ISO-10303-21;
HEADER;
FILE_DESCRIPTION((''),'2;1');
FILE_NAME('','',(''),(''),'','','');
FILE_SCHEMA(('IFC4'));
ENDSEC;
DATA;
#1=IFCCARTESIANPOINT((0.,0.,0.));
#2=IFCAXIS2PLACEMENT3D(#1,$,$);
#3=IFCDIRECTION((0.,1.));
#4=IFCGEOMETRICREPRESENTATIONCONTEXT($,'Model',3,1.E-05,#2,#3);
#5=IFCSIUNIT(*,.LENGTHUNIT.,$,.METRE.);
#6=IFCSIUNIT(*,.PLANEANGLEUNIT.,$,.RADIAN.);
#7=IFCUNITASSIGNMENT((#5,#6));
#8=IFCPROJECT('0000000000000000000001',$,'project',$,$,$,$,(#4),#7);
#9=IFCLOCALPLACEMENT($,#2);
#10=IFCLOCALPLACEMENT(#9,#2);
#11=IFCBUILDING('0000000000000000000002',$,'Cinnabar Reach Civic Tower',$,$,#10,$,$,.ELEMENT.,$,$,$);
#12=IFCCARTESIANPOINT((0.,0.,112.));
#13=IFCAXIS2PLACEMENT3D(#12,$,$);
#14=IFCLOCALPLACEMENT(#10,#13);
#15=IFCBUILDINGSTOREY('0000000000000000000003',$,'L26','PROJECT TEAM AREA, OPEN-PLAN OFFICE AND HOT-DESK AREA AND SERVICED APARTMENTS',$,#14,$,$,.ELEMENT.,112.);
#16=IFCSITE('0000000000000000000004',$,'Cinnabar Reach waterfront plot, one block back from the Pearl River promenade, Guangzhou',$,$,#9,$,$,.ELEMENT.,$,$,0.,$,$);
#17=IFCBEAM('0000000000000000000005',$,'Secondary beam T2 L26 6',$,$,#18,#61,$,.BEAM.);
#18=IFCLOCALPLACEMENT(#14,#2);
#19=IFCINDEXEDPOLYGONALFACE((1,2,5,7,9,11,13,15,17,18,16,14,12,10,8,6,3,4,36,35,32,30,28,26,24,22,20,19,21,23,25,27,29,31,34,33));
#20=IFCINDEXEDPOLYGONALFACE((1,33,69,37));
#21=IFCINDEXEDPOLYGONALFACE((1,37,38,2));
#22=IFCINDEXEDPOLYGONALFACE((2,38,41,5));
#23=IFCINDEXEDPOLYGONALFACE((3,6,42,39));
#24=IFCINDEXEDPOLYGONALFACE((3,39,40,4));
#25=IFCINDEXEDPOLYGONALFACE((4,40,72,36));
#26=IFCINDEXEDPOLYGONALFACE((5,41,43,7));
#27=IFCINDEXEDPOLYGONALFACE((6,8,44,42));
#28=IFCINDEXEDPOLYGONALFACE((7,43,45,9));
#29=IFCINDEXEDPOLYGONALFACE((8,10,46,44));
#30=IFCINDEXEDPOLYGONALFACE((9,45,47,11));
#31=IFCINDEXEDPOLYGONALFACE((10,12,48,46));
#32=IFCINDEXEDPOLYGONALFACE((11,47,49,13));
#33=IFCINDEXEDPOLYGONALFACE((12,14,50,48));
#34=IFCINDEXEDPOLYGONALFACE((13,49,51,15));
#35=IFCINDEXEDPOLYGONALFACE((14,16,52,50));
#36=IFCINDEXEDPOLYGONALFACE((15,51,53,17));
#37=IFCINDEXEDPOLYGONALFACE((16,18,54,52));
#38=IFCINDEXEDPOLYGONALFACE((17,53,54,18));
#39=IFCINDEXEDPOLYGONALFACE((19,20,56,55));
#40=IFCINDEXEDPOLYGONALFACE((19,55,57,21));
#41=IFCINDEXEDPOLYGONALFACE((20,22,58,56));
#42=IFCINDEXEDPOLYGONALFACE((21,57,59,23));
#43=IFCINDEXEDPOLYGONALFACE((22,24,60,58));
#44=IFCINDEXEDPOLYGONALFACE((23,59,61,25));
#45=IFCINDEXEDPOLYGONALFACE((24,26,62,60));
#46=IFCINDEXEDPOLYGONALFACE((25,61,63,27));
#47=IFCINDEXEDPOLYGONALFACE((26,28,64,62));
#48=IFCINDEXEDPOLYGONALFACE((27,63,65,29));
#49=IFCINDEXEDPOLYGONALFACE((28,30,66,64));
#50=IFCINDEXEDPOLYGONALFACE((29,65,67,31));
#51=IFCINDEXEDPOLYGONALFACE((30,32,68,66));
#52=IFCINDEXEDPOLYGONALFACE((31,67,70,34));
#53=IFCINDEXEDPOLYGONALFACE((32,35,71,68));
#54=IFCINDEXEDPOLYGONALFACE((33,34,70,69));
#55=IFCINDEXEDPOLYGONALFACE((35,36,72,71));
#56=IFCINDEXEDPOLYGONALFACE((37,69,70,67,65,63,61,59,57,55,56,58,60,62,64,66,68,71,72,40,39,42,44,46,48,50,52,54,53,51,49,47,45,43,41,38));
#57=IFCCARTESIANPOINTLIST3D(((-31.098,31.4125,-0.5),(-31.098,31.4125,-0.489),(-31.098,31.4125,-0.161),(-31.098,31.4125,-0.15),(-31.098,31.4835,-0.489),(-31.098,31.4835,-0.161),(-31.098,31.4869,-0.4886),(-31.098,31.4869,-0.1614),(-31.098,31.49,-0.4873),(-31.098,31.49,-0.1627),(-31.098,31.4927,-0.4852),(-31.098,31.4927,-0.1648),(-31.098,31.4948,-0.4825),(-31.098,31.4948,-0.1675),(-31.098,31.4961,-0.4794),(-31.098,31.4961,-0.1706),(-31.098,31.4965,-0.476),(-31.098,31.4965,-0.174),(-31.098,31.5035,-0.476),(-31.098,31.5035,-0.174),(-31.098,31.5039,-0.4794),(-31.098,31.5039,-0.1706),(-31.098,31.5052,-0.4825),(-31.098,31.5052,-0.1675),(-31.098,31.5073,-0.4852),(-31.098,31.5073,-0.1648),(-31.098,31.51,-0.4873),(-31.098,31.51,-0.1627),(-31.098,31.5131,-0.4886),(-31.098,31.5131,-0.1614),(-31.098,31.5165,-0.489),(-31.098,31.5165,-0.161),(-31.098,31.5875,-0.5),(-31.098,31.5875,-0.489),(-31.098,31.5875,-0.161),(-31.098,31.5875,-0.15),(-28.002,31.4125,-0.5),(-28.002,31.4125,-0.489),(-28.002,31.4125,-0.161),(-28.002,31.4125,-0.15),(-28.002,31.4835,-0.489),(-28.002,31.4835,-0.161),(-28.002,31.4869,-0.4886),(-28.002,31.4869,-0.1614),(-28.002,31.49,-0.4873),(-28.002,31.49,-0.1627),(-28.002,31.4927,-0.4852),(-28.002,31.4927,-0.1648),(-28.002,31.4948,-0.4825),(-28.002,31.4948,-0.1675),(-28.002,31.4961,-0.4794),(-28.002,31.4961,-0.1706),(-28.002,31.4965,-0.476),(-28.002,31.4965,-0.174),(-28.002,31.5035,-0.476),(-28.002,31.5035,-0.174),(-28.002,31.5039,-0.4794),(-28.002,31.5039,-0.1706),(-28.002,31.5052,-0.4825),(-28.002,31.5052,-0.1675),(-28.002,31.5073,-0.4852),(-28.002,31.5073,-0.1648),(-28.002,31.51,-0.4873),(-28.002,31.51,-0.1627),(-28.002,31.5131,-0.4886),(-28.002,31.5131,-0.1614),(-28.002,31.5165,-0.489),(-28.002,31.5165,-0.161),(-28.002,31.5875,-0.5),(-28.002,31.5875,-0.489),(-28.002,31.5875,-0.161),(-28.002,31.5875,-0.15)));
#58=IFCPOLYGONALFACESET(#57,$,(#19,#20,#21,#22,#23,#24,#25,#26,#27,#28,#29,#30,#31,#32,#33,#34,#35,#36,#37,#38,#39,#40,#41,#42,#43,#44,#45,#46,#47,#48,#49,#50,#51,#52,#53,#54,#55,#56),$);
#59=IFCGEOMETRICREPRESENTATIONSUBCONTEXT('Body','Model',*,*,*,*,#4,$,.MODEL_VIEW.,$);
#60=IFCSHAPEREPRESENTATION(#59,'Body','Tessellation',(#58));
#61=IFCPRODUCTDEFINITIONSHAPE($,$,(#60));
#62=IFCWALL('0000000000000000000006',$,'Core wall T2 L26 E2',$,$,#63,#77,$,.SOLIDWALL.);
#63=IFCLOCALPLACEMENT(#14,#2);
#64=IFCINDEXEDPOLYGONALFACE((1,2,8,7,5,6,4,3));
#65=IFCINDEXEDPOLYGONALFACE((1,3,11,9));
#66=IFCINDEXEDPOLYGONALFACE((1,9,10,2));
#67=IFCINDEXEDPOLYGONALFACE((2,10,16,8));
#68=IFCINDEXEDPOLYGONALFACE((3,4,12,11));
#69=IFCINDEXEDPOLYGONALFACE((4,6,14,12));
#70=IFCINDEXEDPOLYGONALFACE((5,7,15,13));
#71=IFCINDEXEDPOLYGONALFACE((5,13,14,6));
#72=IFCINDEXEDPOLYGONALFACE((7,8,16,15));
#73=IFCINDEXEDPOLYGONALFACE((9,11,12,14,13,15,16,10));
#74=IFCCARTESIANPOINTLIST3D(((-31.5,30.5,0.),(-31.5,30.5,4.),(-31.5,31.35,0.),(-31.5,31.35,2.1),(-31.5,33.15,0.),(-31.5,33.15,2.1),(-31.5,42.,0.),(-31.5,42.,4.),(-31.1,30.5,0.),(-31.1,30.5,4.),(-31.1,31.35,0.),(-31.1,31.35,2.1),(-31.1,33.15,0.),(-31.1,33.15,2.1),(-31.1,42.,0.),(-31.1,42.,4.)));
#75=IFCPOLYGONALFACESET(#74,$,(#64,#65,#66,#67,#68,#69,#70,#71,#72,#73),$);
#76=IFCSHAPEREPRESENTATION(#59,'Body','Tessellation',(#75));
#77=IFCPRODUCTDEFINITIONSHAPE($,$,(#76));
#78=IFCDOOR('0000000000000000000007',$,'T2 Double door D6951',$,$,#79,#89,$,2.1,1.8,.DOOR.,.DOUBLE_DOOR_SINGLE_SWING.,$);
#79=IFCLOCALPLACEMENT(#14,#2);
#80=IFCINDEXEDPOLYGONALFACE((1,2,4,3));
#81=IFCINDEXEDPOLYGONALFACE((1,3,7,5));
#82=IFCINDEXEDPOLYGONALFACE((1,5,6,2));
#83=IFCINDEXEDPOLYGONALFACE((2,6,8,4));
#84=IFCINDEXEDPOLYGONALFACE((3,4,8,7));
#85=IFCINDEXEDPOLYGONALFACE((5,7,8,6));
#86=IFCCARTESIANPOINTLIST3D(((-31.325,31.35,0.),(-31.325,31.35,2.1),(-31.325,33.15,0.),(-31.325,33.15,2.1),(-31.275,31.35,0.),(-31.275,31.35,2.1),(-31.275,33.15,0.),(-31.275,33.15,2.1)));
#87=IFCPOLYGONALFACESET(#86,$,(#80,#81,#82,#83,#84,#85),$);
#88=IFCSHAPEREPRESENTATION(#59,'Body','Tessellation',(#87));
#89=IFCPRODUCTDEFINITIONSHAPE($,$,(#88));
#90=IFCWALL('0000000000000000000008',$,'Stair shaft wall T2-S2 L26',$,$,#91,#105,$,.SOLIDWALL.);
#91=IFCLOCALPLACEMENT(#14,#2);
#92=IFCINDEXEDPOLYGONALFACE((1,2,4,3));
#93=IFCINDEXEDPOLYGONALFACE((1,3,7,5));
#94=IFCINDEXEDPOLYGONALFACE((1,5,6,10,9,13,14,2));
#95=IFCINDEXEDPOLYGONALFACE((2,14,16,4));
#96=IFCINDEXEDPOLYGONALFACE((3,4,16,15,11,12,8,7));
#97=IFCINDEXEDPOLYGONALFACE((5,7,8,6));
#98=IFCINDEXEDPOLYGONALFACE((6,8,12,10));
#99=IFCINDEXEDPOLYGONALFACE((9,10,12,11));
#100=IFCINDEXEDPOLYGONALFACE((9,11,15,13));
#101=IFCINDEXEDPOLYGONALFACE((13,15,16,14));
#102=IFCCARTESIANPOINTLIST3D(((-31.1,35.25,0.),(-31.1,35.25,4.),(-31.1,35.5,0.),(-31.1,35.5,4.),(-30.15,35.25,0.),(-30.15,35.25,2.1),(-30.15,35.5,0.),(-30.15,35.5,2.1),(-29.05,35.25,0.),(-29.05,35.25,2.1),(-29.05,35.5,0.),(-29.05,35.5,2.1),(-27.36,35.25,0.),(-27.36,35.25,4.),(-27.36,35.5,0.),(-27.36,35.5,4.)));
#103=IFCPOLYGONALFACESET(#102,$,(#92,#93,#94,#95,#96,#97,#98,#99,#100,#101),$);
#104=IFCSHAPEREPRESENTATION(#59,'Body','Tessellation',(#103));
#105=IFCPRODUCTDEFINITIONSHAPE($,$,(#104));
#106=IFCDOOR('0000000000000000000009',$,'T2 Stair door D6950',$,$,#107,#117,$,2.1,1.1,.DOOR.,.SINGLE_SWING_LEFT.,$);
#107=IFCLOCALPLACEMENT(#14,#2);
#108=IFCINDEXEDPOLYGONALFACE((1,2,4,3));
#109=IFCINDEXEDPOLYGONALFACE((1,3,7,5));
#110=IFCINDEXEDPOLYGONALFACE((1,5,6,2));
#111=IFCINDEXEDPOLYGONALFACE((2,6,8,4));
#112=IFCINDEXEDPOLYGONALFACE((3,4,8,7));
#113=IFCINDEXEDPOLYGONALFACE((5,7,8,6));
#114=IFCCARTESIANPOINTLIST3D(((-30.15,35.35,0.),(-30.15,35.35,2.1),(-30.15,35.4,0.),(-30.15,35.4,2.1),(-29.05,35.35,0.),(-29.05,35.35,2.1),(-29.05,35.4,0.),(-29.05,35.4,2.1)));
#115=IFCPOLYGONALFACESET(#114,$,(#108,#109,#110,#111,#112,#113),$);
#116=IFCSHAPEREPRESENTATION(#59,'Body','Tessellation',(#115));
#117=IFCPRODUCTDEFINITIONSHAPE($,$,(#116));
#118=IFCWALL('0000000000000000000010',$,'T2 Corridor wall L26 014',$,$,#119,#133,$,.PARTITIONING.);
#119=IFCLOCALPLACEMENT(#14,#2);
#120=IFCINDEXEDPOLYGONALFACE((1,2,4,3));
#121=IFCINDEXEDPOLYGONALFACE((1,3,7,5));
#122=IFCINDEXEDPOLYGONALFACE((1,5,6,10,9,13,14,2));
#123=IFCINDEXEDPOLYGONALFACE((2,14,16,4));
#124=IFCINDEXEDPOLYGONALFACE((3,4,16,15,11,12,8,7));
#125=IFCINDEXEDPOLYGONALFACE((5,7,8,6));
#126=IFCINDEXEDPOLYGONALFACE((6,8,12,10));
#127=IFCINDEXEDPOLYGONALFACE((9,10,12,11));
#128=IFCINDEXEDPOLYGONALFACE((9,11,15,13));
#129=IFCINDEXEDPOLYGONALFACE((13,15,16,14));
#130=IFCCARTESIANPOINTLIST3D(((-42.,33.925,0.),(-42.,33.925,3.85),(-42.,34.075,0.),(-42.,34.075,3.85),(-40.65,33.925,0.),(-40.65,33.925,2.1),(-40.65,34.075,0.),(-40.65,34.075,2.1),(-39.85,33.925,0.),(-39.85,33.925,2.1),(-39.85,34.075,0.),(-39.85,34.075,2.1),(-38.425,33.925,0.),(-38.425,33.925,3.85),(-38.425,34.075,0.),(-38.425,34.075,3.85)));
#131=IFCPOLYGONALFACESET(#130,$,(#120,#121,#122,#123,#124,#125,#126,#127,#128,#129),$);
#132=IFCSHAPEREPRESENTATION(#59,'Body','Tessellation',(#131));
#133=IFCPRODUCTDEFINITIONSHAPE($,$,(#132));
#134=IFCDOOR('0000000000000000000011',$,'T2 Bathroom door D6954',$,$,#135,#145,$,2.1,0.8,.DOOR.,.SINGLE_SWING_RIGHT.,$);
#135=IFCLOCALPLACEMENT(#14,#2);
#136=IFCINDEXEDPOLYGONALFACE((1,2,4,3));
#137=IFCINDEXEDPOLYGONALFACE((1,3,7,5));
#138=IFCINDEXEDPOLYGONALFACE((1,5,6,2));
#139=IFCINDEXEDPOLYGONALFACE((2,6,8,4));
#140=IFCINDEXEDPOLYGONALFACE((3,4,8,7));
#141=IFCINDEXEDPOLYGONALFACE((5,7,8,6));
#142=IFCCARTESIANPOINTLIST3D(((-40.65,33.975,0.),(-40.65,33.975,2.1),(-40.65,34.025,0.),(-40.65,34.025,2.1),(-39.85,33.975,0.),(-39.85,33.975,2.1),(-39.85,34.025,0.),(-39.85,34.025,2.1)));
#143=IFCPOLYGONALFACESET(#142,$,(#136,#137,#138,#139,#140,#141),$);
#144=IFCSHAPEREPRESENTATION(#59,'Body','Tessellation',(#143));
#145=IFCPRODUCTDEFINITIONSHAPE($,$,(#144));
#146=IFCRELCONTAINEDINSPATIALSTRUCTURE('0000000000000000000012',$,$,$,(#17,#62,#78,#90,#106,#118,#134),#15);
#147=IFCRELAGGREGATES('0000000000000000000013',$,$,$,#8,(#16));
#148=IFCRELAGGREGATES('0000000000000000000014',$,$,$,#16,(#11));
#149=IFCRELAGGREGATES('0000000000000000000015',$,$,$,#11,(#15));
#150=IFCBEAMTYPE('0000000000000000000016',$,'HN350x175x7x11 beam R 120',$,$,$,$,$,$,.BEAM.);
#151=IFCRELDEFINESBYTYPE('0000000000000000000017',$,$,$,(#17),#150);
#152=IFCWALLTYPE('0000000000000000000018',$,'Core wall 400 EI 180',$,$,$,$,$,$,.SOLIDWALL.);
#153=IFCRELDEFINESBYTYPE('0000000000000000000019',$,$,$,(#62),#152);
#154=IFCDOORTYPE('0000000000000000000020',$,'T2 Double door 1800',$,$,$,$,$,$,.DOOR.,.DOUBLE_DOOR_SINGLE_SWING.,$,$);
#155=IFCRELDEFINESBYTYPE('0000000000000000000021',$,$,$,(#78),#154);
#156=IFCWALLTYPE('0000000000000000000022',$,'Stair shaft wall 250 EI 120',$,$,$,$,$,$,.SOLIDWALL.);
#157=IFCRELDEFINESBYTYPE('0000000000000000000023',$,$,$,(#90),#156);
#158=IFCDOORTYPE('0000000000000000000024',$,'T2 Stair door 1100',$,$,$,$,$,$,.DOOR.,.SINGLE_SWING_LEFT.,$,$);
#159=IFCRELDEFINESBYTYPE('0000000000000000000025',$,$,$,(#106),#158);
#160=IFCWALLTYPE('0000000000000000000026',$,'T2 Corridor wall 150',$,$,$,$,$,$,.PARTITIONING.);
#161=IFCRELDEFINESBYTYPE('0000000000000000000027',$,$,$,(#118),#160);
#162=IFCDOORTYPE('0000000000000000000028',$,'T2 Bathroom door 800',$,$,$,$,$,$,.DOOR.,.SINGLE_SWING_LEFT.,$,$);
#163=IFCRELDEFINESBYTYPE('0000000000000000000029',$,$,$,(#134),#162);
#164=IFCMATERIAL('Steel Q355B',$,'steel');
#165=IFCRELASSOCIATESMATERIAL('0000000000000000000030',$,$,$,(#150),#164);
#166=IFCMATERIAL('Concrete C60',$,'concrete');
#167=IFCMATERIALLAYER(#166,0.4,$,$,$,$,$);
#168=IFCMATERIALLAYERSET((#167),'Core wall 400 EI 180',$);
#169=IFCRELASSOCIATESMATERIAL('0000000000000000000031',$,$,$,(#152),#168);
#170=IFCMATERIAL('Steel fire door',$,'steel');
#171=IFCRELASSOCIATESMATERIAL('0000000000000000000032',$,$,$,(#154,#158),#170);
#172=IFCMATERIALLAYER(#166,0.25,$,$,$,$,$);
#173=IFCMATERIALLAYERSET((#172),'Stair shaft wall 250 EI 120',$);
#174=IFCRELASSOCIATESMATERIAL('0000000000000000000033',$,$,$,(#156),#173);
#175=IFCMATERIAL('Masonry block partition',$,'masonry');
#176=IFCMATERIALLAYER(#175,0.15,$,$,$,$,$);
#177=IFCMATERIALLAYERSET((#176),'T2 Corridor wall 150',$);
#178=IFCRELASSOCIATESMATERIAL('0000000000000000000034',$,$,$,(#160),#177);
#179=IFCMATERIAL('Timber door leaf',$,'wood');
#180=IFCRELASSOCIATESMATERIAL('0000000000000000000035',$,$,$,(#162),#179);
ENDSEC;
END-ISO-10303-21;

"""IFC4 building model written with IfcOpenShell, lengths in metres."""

from ifc_helpers import new_model, si_unit, direction, frame, frame_2d, origin, origin_2d, place, context, subcontext, project, spatial, rectangle, i_section, extrude, material, layer, layer_set, material_profile, profile_set, type_object, element, fill, save


model = new_model("IFC4")

# Units and contexts
model_context = context("Model", 3, precision=1e-05, world=origin(), true_north=direction((0.0, 1.0)))
body_context = subcontext(model_context, "Body", "Model", "MODEL_VIEW")
ifc_project = project(units=[si_unit("LENGTHUNIT", "METRE"), si_unit("PLANEANGLEUNIT", "RADIAN")], contexts=[model_context])

# Site, building, storey
site_placement = place(None, origin())
site = spatial("IfcSite", under=ifc_project, at=site_placement, Name="Cinnabar Reach waterfront plot, one block back from the Pearl River promenade, Guangzhou", CompositionType="ELEMENT", RefElevation=0.0)
building_placement = place(site_placement, origin())
building = spatial("IfcBuilding", under=site, at=building_placement, Name="Cinnabar Reach Civic Tower", CompositionType="ELEMENT")
storey_placement = place(building_placement, frame((0.0, 0.0, 112.0)))
storey = spatial("IfcBuildingStorey", under=building, at=storey_placement, Name="L26", Description="PROJECT TEAM AREA, OPEN-PLAN OFFICE AND HOT-DESK AREA AND SERVICED APARTMENTS", CompositionType="ELEMENT", Elevation=112.0)

# Beam
ifc_material_1 = material(Name="Steel Q355B", Category="steel")
ifc_material_profile = material_profile(ifc_material_1, i_section(OverallWidth=0.175, OverallDepth=0.35, WebThickness=0.007, FlangeThickness=0.011, FilletRadius=0.013, at=origin_2d()), Name="HN350x175x7x11")
ifc_profile_set = profile_set([ifc_material_profile], Name="Steel Q355B")
beam_type = type_object("IfcBeamType", Name="HN350x175x7x11 beam R 120", PredefinedType="BEAM", material=ifc_profile_set)
beam_placement = place(storey_placement, frame((-31.098, 31.5, -0.325), z_axis=(1.0, 0.0, 0.0), x_axis=(0.0, 1.0, 0.0)))
element("IfcBeam", 1, at=beam_placement, inside=storey, type_object=beam_type, Name="Secondary beam T2 L26 6", PredefinedType="BEAM", context=body_context, shape_type="SweptSolid", body=[
    extrude(i_section(OverallWidth=0.175, OverallDepth=0.35, WebThickness=0.007, FlangeThickness=0.011, FilletRadius=0.013, at=origin_2d()), origin(), (0.0, 0.0, 1.0), 3.096),
])

# Walls, openings, doors
ifc_material_2 = material(Name="Concrete C60", Category="concrete")
ifc_layer_1 = layer(ifc_material_2, 0.4)
ifc_layer_set_1 = layer_set([ifc_layer_1], Name="Core wall 400 EI 180")
wall_type_1 = type_object("IfcWallType", Name="Core wall 400 EI 180", PredefinedType="SOLIDWALL", material=ifc_layer_set_1)
wall_1_placement = place(storey_placement, frame((-31.3, 30.5, 0.0), z_axis=(0.0, 0.0, 1.0), x_axis=(0.0, 1.0, 0.0)))
wall_1 = element("IfcWall", 2, at=wall_1_placement, inside=storey, type_object=wall_type_1, Name="Core wall T2 L26 E2", PredefinedType="SOLIDWALL", context=body_context, shape_type="SweptSolid", body=[
    extrude(rectangle(XDim=11.5, YDim=0.4, at=frame_2d((5.75, 0.0))), origin(), (0.0, 0.0, 1.0), 4.0),
])
opening_1_placement = place(wall_1_placement, frame((0.85, 0.0, 0.0)))
opening_1 = element("IfcOpeningElement", 3, at=opening_1_placement, cuts=wall_1, PredefinedType="OPENING", context=body_context, shape_type="SweptSolid", body=[
    extrude(rectangle(XDim=1.8, YDim=2.1, at=frame_2d((0.9, 1.05))), frame((0.0, 0.21, 0.0), z_axis=(0.0, -1.0, 0.0), x_axis=(1.0, 0.0, 0.0)), (0.0, 0.0, 1.0), 0.42),
])
ifc_material_3 = material(Name="Steel fire door", Category="steel")
door_type_1 = type_object("IfcDoorType", Name="T2 Double door 1800", OperationType="DOUBLE_DOOR_SINGLE_SWING", PredefinedType="DOOR", material=ifc_material_3)
door_1_placement = place(opening_1_placement, origin())
door_1 = element("IfcDoor", 4, at=door_1_placement, inside=storey, type_object=door_type_1, Name="T2 Double door D6951", OperationType="DOUBLE_DOOR_SINGLE_SWING", OverallHeight=2.1, OverallWidth=1.8, PredefinedType="DOOR", context=body_context, shape_type="SweptSolid", body=[
    extrude(rectangle(XDim=1.8, YDim=2.1, at=frame_2d((0.9, 1.05))), frame((0.0, 0.025, 0.0), z_axis=(0.0, -1.0, 0.0), x_axis=(1.0, 0.0, 0.0)), (0.0, 0.0, 1.0), 0.05),
])
fill(opening_1, door_1)
ifc_layer_2 = layer(ifc_material_2, 0.25)
ifc_layer_set_2 = layer_set([ifc_layer_2], Name="Stair shaft wall 250 EI 120")
wall_type_2 = type_object("IfcWallType", Name="Stair shaft wall 250 EI 120", PredefinedType="SOLIDWALL", material=ifc_layer_set_2)
wall_2_placement = place(storey_placement, frame((-31.1, 35.375, 0.0), z_axis=(0.0, 0.0, 1.0), x_axis=(1.0, 0.0, 0.0)))
wall_2 = element("IfcWall", 5, at=wall_2_placement, inside=storey, type_object=wall_type_2, Name="Stair shaft wall T2-S2 L26", PredefinedType="SOLIDWALL", context=body_context, shape_type="SweptSolid", body=[
    extrude(rectangle(XDim=3.74, YDim=0.25, at=frame_2d((1.87, 0.0))), origin(), (0.0, 0.0, 1.0), 4.0),
])
opening_2_placement = place(wall_2_placement, frame((0.95, 0.0, 0.0)))
opening_2 = element("IfcOpeningElement", 6, at=opening_2_placement, cuts=wall_2, PredefinedType="OPENING", context=body_context, shape_type="SweptSolid", body=[
    extrude(rectangle(XDim=1.1, YDim=2.1, at=frame_2d((0.55, 1.05))), frame((0.0, 0.135, 0.0), z_axis=(0.0, -1.0, 0.0), x_axis=(1.0, 0.0, 0.0)), (0.0, 0.0, 1.0), 0.27),
])
door_type_2 = type_object("IfcDoorType", Name="T2 Stair door 1100", OperationType="SINGLE_SWING_LEFT", PredefinedType="DOOR", material=ifc_material_3)
door_2_placement = place(opening_2_placement, origin())
door_2 = element("IfcDoor", 7, at=door_2_placement, inside=storey, type_object=door_type_2, Name="T2 Stair door D6950", OperationType="SINGLE_SWING_LEFT", OverallHeight=2.1, OverallWidth=1.1, PredefinedType="DOOR", context=body_context, shape_type="SweptSolid", body=[
    extrude(rectangle(XDim=1.1, YDim=2.1, at=frame_2d((0.55, 1.05))), frame((0.0, 0.025, 0.0), z_axis=(0.0, -1.0, 0.0), x_axis=(1.0, 0.0, 0.0)), (0.0, 0.0, 1.0), 0.05),
])
fill(opening_2, door_2)
ifc_material_4 = material(Name="Masonry block partition", Category="masonry")
ifc_layer_3 = layer(ifc_material_4, 0.15)
ifc_layer_set_3 = layer_set([ifc_layer_3], Name="T2 Corridor wall 150")
wall_type_3 = type_object("IfcWallType", Name="T2 Corridor wall 150", PredefinedType="PARTITIONING", material=ifc_layer_set_3)
wall_3_placement = place(storey_placement, frame((-38.425, 34.0, 0.0), z_axis=(0.0, 0.0, 1.0), x_axis=(-1.0, 0.0, 0.0)))
wall_3 = element("IfcWall", 8, at=wall_3_placement, inside=storey, type_object=wall_type_3, Name="T2 Corridor wall L26 014", PredefinedType="PARTITIONING", context=body_context, shape_type="SweptSolid", body=[
    extrude(rectangle(XDim=3.575, YDim=0.15, at=frame_2d((1.7875, 0.0))), origin(), (0.0, 0.0, 1.0), 3.85),
])
opening_3_placement = place(wall_3_placement, frame((1.425, 0.0, 0.0)))
opening_3 = element("IfcOpeningElement", 9, at=opening_3_placement, cuts=wall_3, PredefinedType="OPENING", context=body_context, shape_type="SweptSolid", body=[
    extrude(rectangle(XDim=0.8, YDim=2.1, at=frame_2d((0.4, 1.05))), frame((0.0, 0.085, 0.0), z_axis=(0.0, -1.0, 0.0), x_axis=(1.0, 0.0, 0.0)), (0.0, 0.0, 1.0), 0.17),
])
ifc_material_5 = material(Name="Timber door leaf", Category="wood")
door_type_3 = type_object("IfcDoorType", Name="T2 Bathroom door 800", OperationType="SINGLE_SWING_LEFT", PredefinedType="DOOR", material=ifc_material_5)
door_3_placement = place(opening_3_placement, frame((0.8, 0.0, 0.0), z_axis=(0.0, 0.0, 1.0), x_axis=(-1.0, 0.0, 0.0)))
door_3 = element("IfcDoor", 10, at=door_3_placement, inside=storey, type_object=door_type_3, Name="T2 Bathroom door D6954", OperationType="SINGLE_SWING_RIGHT", OverallHeight=2.1, OverallWidth=0.8, PredefinedType="DOOR", context=body_context, shape_type="SweptSolid", body=[
    extrude(rectangle(XDim=0.8, YDim=2.1, at=frame_2d((0.4, 1.05))), frame((0.0, 0.025, 0.0), z_axis=(0.0, -1.0, 0.0), x_axis=(1.0, 0.0, 0.0)), (0.0, 0.0, 1.0), 0.05),
])
fill(opening_3, door_3)

save(model, "model.ifc")
